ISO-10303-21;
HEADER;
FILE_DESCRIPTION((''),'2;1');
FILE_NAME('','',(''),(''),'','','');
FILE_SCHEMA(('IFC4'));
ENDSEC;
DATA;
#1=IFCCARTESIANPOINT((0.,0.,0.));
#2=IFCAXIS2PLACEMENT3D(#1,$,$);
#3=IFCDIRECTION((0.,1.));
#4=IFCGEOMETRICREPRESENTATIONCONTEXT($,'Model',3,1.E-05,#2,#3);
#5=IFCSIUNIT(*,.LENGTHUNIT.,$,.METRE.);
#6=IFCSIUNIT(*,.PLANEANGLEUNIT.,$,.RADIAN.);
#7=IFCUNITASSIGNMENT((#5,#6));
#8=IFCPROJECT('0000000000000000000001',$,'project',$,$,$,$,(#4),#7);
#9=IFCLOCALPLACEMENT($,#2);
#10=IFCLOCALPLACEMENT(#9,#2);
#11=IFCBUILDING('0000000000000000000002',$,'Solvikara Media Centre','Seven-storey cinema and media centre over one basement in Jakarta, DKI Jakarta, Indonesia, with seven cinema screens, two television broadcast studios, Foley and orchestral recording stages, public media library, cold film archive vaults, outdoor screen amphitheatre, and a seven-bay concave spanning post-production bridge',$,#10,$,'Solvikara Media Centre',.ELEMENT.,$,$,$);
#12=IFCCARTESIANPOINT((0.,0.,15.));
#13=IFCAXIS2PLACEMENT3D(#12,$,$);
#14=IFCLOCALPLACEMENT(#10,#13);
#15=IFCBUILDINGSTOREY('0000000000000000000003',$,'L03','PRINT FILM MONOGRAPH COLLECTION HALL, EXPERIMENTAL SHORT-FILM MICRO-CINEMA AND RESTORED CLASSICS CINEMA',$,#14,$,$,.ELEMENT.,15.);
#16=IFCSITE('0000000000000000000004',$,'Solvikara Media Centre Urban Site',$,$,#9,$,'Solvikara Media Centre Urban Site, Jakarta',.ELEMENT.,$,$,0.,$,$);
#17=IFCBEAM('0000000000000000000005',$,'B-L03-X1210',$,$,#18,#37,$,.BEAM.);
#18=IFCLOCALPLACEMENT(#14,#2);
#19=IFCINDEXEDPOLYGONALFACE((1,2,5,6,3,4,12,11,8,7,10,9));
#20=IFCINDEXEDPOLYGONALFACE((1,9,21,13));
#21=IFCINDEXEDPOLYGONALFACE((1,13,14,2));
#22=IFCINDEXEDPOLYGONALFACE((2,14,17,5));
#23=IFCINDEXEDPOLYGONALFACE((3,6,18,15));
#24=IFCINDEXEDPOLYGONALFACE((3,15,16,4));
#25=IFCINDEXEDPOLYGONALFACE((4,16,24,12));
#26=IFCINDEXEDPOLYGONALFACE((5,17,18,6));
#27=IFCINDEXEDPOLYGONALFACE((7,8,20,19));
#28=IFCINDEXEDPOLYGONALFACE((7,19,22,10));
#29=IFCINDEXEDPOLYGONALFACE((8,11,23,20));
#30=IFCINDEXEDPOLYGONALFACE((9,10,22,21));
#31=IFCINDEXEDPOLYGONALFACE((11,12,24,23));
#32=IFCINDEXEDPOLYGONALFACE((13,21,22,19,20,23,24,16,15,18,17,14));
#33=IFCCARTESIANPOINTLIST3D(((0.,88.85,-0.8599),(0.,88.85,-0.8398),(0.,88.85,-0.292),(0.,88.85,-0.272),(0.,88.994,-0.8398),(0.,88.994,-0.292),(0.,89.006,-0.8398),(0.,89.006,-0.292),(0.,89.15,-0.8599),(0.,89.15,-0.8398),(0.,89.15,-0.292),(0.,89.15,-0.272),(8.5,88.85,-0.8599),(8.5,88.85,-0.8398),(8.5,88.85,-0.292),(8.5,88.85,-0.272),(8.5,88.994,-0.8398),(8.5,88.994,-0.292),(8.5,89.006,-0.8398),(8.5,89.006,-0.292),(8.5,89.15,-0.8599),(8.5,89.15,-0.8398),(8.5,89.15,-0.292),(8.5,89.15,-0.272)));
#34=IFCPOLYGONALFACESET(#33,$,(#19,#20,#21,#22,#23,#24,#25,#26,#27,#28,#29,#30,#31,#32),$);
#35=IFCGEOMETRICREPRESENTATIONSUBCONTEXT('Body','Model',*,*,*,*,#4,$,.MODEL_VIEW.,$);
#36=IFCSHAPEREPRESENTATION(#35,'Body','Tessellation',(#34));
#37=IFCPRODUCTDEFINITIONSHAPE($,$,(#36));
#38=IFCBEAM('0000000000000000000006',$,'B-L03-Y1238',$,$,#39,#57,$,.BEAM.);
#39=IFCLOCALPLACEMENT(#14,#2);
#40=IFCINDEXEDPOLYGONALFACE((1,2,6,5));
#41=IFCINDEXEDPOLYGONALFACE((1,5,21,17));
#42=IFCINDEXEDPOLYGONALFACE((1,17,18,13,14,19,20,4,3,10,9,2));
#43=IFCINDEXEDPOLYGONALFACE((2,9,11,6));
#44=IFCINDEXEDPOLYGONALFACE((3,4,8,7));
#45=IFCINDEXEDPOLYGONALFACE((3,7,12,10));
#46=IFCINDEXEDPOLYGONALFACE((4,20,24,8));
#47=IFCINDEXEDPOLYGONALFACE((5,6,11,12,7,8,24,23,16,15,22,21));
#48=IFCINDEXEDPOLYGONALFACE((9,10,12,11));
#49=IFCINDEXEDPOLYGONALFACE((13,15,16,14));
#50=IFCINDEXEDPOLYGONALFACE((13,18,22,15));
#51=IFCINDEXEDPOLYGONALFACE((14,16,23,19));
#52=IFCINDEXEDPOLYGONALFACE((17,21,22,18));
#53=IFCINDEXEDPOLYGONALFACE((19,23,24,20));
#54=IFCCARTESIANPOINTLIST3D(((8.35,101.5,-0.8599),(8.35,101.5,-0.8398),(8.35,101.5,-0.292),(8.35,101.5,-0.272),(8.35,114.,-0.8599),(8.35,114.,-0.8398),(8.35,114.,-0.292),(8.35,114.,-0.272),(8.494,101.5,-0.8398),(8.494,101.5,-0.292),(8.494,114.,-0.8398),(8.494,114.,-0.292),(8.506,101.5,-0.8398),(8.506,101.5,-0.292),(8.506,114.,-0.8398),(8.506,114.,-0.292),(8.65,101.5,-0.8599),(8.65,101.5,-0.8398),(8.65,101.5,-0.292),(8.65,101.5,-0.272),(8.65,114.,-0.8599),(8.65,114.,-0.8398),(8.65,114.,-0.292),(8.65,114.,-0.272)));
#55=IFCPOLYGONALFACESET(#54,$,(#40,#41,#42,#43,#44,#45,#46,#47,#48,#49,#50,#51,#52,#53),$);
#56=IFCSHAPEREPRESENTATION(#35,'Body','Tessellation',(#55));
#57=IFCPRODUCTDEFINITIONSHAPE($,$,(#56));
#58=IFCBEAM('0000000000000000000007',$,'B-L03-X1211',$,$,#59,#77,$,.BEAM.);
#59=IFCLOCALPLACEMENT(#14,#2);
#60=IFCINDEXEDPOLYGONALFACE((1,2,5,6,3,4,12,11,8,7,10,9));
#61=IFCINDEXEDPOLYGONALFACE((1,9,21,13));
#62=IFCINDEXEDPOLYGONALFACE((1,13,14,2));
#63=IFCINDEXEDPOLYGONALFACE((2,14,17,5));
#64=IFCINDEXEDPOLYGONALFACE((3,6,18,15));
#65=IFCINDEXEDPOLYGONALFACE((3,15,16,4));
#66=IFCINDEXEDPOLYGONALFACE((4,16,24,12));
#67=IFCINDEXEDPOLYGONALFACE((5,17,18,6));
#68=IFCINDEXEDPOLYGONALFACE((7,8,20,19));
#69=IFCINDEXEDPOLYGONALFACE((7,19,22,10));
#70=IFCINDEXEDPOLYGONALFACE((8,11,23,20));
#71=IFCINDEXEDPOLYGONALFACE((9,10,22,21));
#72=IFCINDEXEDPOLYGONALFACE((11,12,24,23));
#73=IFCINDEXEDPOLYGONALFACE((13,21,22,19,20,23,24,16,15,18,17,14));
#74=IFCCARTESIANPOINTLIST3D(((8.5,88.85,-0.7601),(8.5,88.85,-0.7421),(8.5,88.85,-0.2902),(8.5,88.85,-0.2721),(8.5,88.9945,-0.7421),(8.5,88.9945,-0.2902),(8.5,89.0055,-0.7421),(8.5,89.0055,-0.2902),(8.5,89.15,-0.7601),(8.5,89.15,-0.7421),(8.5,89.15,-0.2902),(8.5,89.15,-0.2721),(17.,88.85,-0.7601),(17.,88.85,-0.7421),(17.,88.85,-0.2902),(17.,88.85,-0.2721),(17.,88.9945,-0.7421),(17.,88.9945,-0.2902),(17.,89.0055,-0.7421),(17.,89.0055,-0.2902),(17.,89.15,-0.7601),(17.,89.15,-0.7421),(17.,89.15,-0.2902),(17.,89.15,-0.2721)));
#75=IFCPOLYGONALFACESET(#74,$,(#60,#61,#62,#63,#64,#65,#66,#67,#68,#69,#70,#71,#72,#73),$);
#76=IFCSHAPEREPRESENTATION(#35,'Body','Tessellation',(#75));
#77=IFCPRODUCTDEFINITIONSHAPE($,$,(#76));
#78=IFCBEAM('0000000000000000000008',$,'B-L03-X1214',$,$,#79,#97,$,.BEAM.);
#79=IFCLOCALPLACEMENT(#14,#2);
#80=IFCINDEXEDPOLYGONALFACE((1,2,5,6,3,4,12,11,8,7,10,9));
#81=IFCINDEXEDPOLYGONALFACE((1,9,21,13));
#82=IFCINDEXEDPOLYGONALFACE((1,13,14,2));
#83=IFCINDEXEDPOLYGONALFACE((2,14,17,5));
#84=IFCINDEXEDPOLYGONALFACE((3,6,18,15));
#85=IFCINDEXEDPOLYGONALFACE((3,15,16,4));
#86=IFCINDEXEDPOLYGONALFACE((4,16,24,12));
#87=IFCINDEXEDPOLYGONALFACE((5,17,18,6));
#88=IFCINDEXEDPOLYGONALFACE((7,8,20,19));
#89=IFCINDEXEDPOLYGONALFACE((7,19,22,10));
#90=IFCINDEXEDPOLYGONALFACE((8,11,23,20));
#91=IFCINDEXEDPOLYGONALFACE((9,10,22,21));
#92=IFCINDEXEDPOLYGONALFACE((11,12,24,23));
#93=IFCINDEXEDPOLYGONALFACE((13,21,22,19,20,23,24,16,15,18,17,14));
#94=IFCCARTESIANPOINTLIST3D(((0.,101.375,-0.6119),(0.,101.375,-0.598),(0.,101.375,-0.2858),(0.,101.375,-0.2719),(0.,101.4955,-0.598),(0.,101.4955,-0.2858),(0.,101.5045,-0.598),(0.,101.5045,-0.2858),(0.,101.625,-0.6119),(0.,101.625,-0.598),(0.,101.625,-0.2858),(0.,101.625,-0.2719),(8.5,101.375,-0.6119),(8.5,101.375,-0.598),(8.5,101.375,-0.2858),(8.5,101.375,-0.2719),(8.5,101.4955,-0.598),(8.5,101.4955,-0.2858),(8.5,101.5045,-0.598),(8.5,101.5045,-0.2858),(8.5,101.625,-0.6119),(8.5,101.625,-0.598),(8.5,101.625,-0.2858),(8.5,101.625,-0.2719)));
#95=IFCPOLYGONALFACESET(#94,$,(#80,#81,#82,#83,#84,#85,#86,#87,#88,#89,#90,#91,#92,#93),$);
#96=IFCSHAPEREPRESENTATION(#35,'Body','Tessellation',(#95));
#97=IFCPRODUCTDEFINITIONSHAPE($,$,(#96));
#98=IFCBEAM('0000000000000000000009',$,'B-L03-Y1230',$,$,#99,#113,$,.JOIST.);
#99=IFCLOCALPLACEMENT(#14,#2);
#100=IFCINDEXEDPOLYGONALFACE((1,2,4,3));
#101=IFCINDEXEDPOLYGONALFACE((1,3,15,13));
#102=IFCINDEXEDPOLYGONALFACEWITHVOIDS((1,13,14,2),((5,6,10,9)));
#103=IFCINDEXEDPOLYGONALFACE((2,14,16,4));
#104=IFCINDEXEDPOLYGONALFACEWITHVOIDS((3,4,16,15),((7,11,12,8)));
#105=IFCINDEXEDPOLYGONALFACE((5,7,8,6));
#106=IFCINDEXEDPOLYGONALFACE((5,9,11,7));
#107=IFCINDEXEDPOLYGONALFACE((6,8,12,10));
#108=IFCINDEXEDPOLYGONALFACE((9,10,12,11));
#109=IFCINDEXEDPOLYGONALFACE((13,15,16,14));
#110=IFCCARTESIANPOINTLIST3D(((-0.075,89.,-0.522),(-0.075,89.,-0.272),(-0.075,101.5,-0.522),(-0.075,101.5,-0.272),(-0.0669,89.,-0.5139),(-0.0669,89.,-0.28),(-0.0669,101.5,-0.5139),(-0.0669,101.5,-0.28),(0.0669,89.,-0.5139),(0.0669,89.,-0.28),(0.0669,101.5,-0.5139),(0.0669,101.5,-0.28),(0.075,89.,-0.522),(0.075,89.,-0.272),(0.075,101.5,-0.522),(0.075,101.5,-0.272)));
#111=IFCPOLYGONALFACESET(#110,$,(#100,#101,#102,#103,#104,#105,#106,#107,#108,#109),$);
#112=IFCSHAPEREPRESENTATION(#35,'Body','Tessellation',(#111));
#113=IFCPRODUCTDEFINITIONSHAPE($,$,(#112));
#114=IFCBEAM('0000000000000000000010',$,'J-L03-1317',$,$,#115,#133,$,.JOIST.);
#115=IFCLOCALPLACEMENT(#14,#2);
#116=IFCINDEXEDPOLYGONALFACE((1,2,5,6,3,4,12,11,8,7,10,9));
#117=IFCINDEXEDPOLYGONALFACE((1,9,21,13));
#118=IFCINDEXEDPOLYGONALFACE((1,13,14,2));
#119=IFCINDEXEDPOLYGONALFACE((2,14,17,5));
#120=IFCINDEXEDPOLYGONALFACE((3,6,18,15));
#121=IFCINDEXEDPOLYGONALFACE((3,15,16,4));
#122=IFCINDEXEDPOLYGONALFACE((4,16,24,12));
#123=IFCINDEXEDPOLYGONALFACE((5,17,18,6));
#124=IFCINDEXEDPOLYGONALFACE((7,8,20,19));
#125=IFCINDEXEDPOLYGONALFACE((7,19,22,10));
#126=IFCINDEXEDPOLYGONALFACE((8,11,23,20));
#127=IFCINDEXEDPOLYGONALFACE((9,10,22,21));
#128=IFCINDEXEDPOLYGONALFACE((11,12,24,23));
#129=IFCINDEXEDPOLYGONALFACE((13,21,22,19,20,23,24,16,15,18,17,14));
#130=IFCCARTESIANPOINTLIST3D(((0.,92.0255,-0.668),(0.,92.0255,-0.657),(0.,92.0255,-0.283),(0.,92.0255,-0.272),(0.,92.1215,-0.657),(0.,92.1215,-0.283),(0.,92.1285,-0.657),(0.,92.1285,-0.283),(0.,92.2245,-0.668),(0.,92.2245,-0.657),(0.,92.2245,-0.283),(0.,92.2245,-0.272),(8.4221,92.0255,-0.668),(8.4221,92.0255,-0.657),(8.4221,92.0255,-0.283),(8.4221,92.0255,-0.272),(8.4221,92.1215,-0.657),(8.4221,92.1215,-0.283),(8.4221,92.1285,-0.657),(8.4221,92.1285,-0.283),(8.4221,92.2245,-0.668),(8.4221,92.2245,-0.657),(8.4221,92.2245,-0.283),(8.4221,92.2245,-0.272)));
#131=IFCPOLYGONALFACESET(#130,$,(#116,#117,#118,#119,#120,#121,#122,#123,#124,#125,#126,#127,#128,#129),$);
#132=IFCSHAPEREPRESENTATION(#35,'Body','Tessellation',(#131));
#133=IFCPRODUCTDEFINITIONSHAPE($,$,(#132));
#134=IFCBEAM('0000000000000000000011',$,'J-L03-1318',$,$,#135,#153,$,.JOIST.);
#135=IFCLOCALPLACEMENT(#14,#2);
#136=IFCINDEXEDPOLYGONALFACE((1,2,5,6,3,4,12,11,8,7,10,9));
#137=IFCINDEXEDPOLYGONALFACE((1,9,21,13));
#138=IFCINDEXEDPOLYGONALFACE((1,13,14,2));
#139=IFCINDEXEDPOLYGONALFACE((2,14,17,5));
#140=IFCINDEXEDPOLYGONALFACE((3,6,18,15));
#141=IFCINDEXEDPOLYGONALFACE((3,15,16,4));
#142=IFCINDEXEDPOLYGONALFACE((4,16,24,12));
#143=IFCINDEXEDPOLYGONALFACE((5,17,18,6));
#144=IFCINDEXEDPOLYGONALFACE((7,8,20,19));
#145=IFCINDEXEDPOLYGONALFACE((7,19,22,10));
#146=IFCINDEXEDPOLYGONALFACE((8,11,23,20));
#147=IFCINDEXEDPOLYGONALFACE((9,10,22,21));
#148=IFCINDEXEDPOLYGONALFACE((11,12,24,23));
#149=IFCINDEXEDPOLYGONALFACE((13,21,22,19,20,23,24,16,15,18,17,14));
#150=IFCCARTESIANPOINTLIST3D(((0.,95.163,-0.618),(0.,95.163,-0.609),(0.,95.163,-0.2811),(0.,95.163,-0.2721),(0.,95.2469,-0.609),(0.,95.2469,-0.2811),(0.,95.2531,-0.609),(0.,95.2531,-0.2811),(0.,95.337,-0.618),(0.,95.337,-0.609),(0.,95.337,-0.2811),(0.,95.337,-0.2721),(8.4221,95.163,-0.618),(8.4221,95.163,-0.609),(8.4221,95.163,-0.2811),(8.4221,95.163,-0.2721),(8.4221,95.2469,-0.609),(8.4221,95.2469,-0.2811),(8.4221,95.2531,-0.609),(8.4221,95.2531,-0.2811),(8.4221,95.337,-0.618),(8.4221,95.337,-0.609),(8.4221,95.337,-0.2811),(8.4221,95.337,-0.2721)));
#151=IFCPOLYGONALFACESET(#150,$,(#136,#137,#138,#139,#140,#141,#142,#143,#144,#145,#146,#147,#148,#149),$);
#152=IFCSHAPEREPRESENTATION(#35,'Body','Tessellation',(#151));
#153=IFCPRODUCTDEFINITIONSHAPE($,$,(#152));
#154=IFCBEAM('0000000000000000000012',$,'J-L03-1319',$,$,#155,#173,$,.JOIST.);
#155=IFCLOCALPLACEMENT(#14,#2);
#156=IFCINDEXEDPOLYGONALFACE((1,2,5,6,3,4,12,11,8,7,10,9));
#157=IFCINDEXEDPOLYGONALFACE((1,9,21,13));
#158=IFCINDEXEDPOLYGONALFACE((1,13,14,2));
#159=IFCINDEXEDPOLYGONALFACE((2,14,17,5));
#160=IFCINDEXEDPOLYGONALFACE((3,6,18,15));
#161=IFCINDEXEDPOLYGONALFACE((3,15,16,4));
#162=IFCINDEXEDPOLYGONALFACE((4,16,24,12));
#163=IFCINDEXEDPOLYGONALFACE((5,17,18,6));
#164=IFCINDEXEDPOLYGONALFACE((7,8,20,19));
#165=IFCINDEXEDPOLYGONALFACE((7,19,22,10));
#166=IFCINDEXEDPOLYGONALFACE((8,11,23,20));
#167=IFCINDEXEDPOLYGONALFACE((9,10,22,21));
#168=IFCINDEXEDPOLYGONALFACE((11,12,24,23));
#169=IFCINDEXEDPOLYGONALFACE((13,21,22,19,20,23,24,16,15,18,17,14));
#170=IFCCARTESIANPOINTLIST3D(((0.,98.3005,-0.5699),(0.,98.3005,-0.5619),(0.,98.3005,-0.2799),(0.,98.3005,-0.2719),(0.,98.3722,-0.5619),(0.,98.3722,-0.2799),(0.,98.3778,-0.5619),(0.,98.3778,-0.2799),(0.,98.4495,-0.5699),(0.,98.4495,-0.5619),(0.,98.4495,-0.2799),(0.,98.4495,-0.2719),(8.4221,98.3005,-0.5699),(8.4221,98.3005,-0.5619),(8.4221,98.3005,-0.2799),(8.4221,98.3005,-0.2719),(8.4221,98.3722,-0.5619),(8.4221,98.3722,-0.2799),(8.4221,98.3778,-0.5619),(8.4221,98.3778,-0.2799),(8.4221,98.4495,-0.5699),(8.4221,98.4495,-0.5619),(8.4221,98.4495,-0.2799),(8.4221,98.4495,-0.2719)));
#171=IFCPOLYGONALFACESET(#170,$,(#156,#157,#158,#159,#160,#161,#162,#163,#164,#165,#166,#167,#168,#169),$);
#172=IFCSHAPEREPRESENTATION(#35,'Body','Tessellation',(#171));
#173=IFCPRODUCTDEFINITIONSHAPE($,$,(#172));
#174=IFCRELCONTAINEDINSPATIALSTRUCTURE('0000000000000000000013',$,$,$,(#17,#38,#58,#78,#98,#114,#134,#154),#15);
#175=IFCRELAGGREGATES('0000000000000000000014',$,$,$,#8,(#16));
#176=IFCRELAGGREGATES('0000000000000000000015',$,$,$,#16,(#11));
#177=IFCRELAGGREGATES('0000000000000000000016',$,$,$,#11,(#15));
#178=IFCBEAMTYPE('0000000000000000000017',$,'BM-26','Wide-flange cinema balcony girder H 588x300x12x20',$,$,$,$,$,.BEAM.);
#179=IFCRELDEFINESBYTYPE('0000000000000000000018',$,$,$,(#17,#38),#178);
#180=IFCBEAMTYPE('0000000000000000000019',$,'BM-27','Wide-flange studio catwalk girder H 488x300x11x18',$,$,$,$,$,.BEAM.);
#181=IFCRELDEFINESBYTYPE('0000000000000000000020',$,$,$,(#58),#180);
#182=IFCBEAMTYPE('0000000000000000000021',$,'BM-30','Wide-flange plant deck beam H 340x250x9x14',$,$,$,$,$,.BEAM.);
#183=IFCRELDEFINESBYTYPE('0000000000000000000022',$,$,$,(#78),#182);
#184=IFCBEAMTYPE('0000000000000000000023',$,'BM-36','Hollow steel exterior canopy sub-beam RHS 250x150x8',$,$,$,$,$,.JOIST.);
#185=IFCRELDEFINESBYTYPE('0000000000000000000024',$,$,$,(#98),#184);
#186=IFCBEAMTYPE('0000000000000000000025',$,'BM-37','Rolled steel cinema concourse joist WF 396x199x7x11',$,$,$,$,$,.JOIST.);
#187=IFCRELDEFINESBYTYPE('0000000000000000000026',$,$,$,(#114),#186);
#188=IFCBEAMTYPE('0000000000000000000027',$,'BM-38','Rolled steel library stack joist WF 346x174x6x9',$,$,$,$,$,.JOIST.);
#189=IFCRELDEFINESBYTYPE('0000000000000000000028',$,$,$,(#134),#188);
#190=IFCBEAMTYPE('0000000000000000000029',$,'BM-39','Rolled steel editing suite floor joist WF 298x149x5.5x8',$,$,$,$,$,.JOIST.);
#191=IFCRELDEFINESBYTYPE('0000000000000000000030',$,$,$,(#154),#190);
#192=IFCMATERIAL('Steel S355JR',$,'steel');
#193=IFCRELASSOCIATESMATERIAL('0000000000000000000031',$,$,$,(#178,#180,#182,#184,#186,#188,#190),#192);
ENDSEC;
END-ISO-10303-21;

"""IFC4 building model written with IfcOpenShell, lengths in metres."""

from ifc_helpers import new_model, si_unit, direction, frame, origin, origin_2d, place, context, subcontext, project, spatial, hollow_rectangle, i_section, extrude, material, material_profile, profile_set, type_object, element, save


model = new_model("IFC4")

# Units and contexts
model_context = context("Model", 3, precision=1e-05, world=origin(), true_north=direction((0.0, 1.0)))
body_context = subcontext(model_context, "Body", "Model", "MODEL_VIEW")
ifc_project = project(units=[si_unit("LENGTHUNIT", "METRE"), si_unit("PLANEANGLEUNIT", "RADIAN")], contexts=[model_context])

# Site, building, storey
site_placement = place(None, origin())
site = spatial("IfcSite", under=ifc_project, at=site_placement, Name="Solvikara Media Centre Urban Site", LongName="Solvikara Media Centre Urban Site, Jakarta", CompositionType="ELEMENT", RefElevation=0.0)
building_placement = place(site_placement, origin())
building = spatial("IfcBuilding", under=site, at=building_placement, Name="Solvikara Media Centre", Description="Seven-storey cinema and media centre over one basement in Jakarta, DKI Jakarta, Indonesia, with seven cinema screens, two television broadcast studios, Foley and orchestral recording stages, public media library, cold film archive vaults, outdoor screen amphitheatre, and a seven-bay concave spanning post-production bridge", LongName="Solvikara Media Centre", CompositionType="ELEMENT")
storey_placement = place(building_placement, frame((0.0, 0.0, 15.0)))
storey = spatial("IfcBuildingStorey", under=building, at=storey_placement, Name="L03", Description="PRINT FILM MONOGRAPH COLLECTION HALL, EXPERIMENTAL SHORT-FILM MICRO-CINEMA AND RESTORED CLASSICS CINEMA", CompositionType="ELEMENT", Elevation=15.0)

# Shared definitions
ifc_material_1 = material(Name="Steel S355JR", Category="steel")

# Beams
ifc_material_profile_1 = material_profile(ifc_material_1, i_section(OverallWidth=0.3, OverallDepth=0.5879, WebThickness=0.012, FlangeThickness=0.02, at=origin_2d()), Name="H 588x300x12x20")
ifc_profile_set_1 = profile_set([ifc_material_profile_1], Name="Steel S355JR")
beam_type_1 = type_object("IfcBeamType", Name="BM-26", Description="Wide-flange cinema balcony girder H 588x300x12x20", PredefinedType="BEAM", material=ifc_profile_set_1)
beam_1_placement = place(storey_placement, frame((0.0, 89.0, -0.5659), z_axis=(1.0, 0.0, 0.0), x_axis=(0.0, 1.0, 0.0)))
element("IfcBeam", 1, at=beam_1_placement, inside=storey, type_object=beam_type_1, Name="B-L03-X1210", PredefinedType="BEAM", context=body_context, shape_type="SweptSolid", body=[
    extrude(i_section(OverallWidth=0.3, OverallDepth=0.5879, WebThickness=0.012, FlangeThickness=0.02, at=origin_2d()), origin(), (0.0, 0.0, 1.0), 8.5),
])
beam_2_placement = place(storey_placement, frame((8.5, 101.5, -0.5659), z_axis=(0.0, 1.0, 0.0), x_axis=(-1.0, 0.0, 0.0)))
element("IfcBeam", 2, at=beam_2_placement, inside=storey, type_object=beam_type_1, Name="B-L03-Y1238", PredefinedType="BEAM", context=body_context, shape_type="SweptSolid", body=[
    extrude(i_section(OverallWidth=0.3, OverallDepth=0.5879, WebThickness=0.012, FlangeThickness=0.02, at=origin_2d()), origin(), (0.0, 0.0, 1.0), 12.5),
])
ifc_material_profile_2 = material_profile(ifc_material_1, i_section(OverallWidth=0.3, OverallDepth=0.488, WebThickness=0.011, FlangeThickness=0.0181, at=origin_2d()), Name="H 488x300x11x18")
ifc_profile_set_2 = profile_set([ifc_material_profile_2], Name="Steel S355JR")
beam_type_2 = type_object("IfcBeamType", Name="BM-27", Description="Wide-flange studio catwalk girder H 488x300x11x18", PredefinedType="BEAM", material=ifc_profile_set_2)
beam_3_placement = place(storey_placement, frame((8.5, 89.0, -0.5161), z_axis=(1.0, 0.0, 0.0), x_axis=(0.0, 1.0, 0.0)))
element("IfcBeam", 3, at=beam_3_placement, inside=storey, type_object=beam_type_2, Name="B-L03-X1211", PredefinedType="BEAM", context=body_context, shape_type="SweptSolid", body=[
    extrude(i_section(OverallWidth=0.3, OverallDepth=0.488, WebThickness=0.011, FlangeThickness=0.0181, at=origin_2d()), origin(), (0.0, 0.0, 1.0), 8.5),
])
ifc_material_profile_3 = material_profile(ifc_material_1, i_section(OverallWidth=0.25, OverallDepth=0.3401, WebThickness=0.009, FlangeThickness=0.0139, at=origin_2d()), Name="H 340x250x9x14")
ifc_profile_set_3 = profile_set([ifc_material_profile_3], Name="Steel S355JR")
beam_type_3 = type_object("IfcBeamType", Name="BM-30", Description="Wide-flange plant deck beam H 340x250x9x14", PredefinedType="BEAM", material=ifc_profile_set_3)
beam_4_placement = place(storey_placement, frame((0.0, 101.5, -0.4419), z_axis=(1.0, 0.0, 0.0), x_axis=(0.0, 1.0, 0.0)))
element("IfcBeam", 4, at=beam_4_placement, inside=storey, type_object=beam_type_3, Name="B-L03-X1214", PredefinedType="BEAM", context=body_context, shape_type="SweptSolid", body=[
    extrude(i_section(OverallWidth=0.25, OverallDepth=0.3401, WebThickness=0.009, FlangeThickness=0.0139, at=origin_2d()), origin(), (0.0, 0.0, 1.0), 8.5),
])
ifc_material_profile_4 = material_profile(ifc_material_1, hollow_rectangle(XDim=0.1499, YDim=0.25, WallThickness=0.0081, at=origin_2d()), Name="RHS 250x150x8")
ifc_profile_set_4 = profile_set([ifc_material_profile_4], Name="Steel S355JR")
beam_type_4 = type_object("IfcBeamType", Name="BM-36", Description="Hollow steel exterior canopy sub-beam RHS 250x150x8", PredefinedType="JOIST", material=ifc_profile_set_4)
beam_5_placement = place(storey_placement, frame((0.0, 89.0, -0.397), z_axis=(0.0, 1.0, 0.0), x_axis=(-1.0, 0.0, 0.0)))
element("IfcBeam", 5, at=beam_5_placement, inside=storey, type_object=beam_type_4, Name="B-L03-Y1230", PredefinedType="JOIST", context=body_context, shape_type="SweptSolid", body=[
    extrude(hollow_rectangle(XDim=0.1499, YDim=0.25, WallThickness=0.0081, at=origin_2d()), origin(), (0.0, 0.0, 1.0), 12.5),
])
ifc_material_profile_5 = material_profile(ifc_material_1, i_section(OverallWidth=0.199, OverallDepth=0.396, WebThickness=0.0071, FlangeThickness=0.011, at=origin_2d()), Name="WF 396x199x7x11")
ifc_profile_set_5 = profile_set([ifc_material_profile_5], Name="Steel S355JR")
beam_type_5 = type_object("IfcBeamType", Name="BM-37", Description="Rolled steel cinema concourse joist WF 396x199x7x11", PredefinedType="JOIST", material=ifc_profile_set_5)
beam_6_placement = place(storey_placement, frame((0.0, 92.125, -0.47), z_axis=(1.0, 0.0, 0.0), x_axis=(0.0, 1.0, 0.0)))
element("IfcBeam", 6, at=beam_6_placement, inside=storey, type_object=beam_type_5, Name="J-L03-1317", PredefinedType="JOIST", context=body_context, shape_type="SweptSolid", body=[
    extrude(i_section(OverallWidth=0.199, OverallDepth=0.396, WebThickness=0.0071, FlangeThickness=0.011, at=origin_2d()), origin(), (0.0, 0.0, 1.0), 8.4221),
])
ifc_material_profile_6 = material_profile(ifc_material_1, i_section(OverallWidth=0.1741, OverallDepth=0.3459, WebThickness=0.0061, FlangeThickness=0.009, at=origin_2d()), Name="WF 346x174x6x9")
ifc_profile_set_6 = profile_set([ifc_material_profile_6], Name="Steel S355JR")
beam_type_6 = type_object("IfcBeamType", Name="BM-38", Description="Rolled steel library stack joist WF 346x174x6x9", PredefinedType="JOIST", material=ifc_profile_set_6)
beam_7_placement = place(storey_placement, frame((0.0, 95.25, -0.4451), z_axis=(1.0, 0.0, 0.0), x_axis=(0.0, 1.0, 0.0)))
element("IfcBeam", 7, at=beam_7_placement, inside=storey, type_object=beam_type_6, Name="J-L03-1318", PredefinedType="JOIST", context=body_context, shape_type="SweptSolid", body=[
    extrude(i_section(OverallWidth=0.1741, OverallDepth=0.3459, WebThickness=0.0061, FlangeThickness=0.009, at=origin_2d()), origin(), (0.0, 0.0, 1.0), 8.4221),
])
ifc_material_profile_7 = material_profile(ifc_material_1, i_section(OverallWidth=0.1489, OverallDepth=0.2981, WebThickness=0.0056, FlangeThickness=0.0081, at=origin_2d()), Name="WF 298x149x5.5x8")
ifc_profile_set_7 = profile_set([ifc_material_profile_7], Name="Steel S355JR")
beam_type_7 = type_object("IfcBeamType", Name="BM-39", Description="Rolled steel editing suite floor joist WF 298x149x5.5x8", PredefinedType="JOIST", material=ifc_profile_set_7)
beam_8_placement = place(storey_placement, frame((0.0, 98.375, -0.4209), z_axis=(1.0, 0.0, 0.0), x_axis=(0.0, 1.0, 0.0)))
element("IfcBeam", 8, at=beam_8_placement, inside=storey, type_object=beam_type_7, Name="J-L03-1319", PredefinedType="JOIST", context=body_context, shape_type="SweptSolid", body=[
    extrude(i_section(OverallWidth=0.1489, OverallDepth=0.2981, WebThickness=0.0056, FlangeThickness=0.0081, at=origin_2d()), origin(), (0.0, 0.0, 1.0), 8.4221),
])

save(model, "model.ifc")
